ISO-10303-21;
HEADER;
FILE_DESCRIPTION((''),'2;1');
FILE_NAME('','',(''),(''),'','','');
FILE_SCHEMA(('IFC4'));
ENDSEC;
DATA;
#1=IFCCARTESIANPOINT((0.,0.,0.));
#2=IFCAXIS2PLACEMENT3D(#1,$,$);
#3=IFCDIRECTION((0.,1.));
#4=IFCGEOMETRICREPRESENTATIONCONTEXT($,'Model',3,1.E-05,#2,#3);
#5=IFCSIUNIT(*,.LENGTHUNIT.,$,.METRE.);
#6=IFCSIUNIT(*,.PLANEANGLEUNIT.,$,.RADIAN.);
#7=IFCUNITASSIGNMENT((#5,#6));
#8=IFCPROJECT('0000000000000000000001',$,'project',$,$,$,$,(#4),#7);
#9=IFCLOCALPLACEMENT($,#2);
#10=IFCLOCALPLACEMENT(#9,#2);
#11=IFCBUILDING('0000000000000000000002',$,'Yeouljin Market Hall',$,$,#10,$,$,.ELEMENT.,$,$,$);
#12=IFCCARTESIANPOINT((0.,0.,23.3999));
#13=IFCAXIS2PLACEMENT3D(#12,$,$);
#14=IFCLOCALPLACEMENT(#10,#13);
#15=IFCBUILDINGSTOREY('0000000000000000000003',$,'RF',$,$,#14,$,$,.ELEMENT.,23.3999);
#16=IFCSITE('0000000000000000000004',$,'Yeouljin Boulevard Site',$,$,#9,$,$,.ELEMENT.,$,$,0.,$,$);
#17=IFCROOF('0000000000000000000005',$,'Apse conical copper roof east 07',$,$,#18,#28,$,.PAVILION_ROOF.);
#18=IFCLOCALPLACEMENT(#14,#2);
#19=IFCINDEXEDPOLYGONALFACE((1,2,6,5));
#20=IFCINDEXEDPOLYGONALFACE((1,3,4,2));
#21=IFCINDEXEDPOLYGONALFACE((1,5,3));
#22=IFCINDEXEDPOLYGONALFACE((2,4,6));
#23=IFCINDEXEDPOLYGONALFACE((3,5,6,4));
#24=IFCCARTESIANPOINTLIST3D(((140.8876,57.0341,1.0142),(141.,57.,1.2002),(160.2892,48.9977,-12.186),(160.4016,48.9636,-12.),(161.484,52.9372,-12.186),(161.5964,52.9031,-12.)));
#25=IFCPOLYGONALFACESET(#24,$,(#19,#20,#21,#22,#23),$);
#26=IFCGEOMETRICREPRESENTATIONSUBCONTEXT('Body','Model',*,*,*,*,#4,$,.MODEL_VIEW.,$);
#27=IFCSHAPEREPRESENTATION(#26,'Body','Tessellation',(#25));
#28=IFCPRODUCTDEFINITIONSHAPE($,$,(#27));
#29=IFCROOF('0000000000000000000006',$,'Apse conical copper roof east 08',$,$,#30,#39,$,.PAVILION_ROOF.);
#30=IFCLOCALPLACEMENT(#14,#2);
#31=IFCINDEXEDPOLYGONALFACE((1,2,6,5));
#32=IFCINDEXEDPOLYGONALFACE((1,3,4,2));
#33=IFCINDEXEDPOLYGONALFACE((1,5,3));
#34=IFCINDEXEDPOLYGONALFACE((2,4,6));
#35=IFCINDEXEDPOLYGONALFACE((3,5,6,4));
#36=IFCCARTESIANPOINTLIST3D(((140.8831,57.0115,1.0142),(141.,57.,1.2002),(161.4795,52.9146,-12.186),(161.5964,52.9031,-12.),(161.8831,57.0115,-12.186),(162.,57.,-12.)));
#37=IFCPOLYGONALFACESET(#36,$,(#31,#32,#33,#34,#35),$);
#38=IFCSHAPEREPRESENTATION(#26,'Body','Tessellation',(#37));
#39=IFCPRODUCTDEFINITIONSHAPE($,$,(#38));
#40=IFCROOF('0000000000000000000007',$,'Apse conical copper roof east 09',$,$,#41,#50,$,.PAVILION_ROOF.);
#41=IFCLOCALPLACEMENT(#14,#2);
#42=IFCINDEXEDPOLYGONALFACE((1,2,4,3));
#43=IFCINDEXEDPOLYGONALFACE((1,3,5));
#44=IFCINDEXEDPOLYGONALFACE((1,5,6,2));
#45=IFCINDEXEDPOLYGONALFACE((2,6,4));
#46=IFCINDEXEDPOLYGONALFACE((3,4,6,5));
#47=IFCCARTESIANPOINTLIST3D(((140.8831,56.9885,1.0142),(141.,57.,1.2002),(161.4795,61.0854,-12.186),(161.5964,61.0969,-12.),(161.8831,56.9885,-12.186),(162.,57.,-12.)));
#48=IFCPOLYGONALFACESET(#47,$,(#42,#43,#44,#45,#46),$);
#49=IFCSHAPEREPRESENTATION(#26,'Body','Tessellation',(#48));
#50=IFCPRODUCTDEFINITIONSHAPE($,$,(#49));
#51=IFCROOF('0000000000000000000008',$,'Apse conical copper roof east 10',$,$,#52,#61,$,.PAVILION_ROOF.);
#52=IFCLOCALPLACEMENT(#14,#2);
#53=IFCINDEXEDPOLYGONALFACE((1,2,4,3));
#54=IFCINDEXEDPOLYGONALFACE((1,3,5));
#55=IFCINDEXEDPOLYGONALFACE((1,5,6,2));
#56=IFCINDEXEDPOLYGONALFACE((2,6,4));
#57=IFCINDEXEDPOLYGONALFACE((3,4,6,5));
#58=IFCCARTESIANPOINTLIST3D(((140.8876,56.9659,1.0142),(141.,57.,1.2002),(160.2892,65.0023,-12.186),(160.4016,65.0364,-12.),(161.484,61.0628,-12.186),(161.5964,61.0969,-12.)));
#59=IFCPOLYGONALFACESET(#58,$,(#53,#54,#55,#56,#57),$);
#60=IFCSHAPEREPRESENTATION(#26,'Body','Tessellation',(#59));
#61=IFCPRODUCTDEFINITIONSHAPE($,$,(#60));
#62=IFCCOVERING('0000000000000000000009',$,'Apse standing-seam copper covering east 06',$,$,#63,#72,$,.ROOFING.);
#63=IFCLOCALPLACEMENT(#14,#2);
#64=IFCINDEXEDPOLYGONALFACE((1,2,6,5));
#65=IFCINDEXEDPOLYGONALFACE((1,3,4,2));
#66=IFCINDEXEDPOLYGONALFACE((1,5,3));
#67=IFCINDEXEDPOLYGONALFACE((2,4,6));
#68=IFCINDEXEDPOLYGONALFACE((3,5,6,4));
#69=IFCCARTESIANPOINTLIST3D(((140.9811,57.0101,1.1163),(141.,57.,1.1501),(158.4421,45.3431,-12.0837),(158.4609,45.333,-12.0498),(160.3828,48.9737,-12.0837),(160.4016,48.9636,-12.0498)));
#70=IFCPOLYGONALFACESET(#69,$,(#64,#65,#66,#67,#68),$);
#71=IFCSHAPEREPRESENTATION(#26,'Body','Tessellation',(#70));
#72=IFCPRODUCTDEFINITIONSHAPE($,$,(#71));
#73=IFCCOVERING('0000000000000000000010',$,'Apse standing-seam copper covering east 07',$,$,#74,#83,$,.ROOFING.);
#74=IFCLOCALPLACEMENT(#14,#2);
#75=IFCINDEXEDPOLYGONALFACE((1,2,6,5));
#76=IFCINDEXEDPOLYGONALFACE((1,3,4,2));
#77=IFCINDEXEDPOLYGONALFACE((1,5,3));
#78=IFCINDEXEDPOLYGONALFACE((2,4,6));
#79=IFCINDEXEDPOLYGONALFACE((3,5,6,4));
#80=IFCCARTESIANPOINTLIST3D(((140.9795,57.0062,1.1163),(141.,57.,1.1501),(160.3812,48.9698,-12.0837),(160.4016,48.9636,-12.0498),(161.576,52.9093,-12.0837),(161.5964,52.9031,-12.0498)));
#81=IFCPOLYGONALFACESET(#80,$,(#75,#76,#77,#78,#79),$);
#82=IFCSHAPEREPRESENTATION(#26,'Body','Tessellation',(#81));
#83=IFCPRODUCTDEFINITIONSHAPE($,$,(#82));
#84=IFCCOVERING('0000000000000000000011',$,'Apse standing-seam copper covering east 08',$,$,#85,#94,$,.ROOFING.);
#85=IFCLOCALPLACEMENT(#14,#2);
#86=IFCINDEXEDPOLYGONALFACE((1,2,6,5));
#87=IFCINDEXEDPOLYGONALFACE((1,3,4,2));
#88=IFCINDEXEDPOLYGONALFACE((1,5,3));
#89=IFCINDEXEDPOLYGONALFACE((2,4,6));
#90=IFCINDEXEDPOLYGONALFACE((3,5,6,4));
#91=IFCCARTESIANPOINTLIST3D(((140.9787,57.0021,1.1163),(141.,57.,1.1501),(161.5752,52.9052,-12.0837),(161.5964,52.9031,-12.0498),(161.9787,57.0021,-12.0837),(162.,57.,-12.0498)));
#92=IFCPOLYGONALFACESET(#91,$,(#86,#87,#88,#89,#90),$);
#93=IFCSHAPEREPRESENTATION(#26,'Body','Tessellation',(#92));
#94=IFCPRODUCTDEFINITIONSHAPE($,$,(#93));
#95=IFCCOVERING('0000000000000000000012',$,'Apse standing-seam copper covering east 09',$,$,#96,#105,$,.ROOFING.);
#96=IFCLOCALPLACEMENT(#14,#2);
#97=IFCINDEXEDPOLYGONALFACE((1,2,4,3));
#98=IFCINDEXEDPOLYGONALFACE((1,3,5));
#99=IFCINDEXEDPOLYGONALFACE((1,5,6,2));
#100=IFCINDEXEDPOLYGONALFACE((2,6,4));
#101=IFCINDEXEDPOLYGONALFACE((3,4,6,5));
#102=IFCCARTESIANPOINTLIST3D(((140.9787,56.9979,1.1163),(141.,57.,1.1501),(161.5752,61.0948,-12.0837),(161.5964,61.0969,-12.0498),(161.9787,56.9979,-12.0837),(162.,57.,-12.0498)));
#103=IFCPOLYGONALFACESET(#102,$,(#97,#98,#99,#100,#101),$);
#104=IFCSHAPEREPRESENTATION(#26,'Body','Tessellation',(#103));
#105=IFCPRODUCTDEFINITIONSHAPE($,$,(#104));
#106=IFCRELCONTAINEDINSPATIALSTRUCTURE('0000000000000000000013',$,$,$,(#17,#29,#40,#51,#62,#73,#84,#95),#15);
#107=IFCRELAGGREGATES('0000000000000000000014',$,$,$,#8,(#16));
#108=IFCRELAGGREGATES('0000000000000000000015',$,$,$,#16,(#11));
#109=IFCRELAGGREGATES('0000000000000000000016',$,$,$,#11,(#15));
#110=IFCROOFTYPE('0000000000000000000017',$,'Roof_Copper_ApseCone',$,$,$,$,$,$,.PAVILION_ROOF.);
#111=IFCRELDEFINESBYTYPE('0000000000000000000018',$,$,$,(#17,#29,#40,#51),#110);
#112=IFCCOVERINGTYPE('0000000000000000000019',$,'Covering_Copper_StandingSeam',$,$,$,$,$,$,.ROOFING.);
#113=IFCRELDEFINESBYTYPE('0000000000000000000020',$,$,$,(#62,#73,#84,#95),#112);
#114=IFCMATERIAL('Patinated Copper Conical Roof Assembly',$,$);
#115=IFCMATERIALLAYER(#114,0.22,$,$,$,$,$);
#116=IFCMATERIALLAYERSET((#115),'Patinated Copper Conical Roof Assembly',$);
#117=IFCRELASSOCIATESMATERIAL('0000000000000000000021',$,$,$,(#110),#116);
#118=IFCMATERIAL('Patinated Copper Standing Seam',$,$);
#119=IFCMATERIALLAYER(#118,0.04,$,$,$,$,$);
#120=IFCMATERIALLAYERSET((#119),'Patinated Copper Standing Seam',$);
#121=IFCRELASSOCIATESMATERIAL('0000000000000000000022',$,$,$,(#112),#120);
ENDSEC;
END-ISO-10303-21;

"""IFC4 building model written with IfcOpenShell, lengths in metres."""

from ifc_helpers import new_model, si_unit, direction, frame, origin, place, context, subcontext, project, spatial, polyline, outline, extrude, material, layer, layer_set, type_object, element, save


model = new_model("IFC4")

# Units and contexts
model_context = context("Model", 3, precision=1e-05, world=origin(), true_north=direction((0.0, 1.0)))
body_context = subcontext(model_context, "Body", "Model", "MODEL_VIEW")
ifc_project = project(units=[si_unit("LENGTHUNIT", "METRE"), si_unit("PLANEANGLEUNIT", "RADIAN")], contexts=[model_context])

# Site, building, storey
site_placement = place(None, origin())
site = spatial("IfcSite", under=ifc_project, at=site_placement, Name="Yeouljin Boulevard Site", CompositionType="ELEMENT", RefElevation=0.0)
building_placement = place(site_placement, origin())
building = spatial("IfcBuilding", under=site, at=building_placement, Name="Yeouljin Market Hall", CompositionType="ELEMENT")
storey_placement = place(building_placement, frame((0.0, 0.0, 23.3999)))
storey = spatial("IfcBuildingStorey", under=building, at=storey_placement, Name="RF", CompositionType="ELEMENT", Elevation=23.3999)

# Roofs
ifc_material_1 = material(Name="Patinated Copper Conical Roof Assembly")
ifc_layer_1 = layer(ifc_material_1, 0.22)
ifc_layer_set_1 = layer_set([ifc_layer_1], Name="Patinated Copper Conical Roof Assembly")
roof_type = type_object("IfcRoofType", Name="Roof_Copper_ApseCone", PredefinedType="PAVILION_ROOF", material=ifc_layer_set_1)
roof_1_placement = place(storey_placement, frame((141.0, 57.0, 1.2002), z_axis=(0.511031, -0.154994, 0.845473), x_axis=(0.782189, -0.323992, -0.532175)))
element("IfcRoof", 1, at=roof_1_placement, inside=storey, type_object=roof_type, Name="Apse conical copper roof east 07", PredefinedType="PAVILION_ROOF", context=body_context, shape_type="SweptSolid", body=[
    extrude(outline(polyline([(0.0, 0.0), (24.8043, 0.0), (24.4625, 4.1024), (0.0, 0.0)])), origin(), (0.0, 0.0, -1.0), 0.22),
])
roof_2_placement = place(storey_placement, frame((141.0, 57.0, 1.2002), z_axis=(0.531447, -0.05235, 0.845472), x_axis=(0.830364, -0.165171, -0.532178)))
element("IfcRoof", 2, at=roof_2_placement, inside=storey, type_object=roof_type, Name="Apse conical copper roof east 08", PredefinedType="PAVILION_ROOF", context=body_context, shape_type="SweptSolid", body=[
    extrude(outline(polyline([(0.0, 0.0), (24.8041, 0.0), (24.4625, 4.1026), (0.0, 0.0)])), origin(), (0.0, 0.0, -1.0), 0.22),
])
roof_3_placement = place(storey_placement, frame((141.0, 57.0, 1.2002), z_axis=(0.531447, 0.05235, 0.845472), x_axis=(0.846633, 0.0, -0.532177)))
element("IfcRoof", 3, at=roof_3_placement, inside=storey, type_object=roof_type, Name="Apse conical copper roof east 09", PredefinedType="PAVILION_ROOF", context=body_context, shape_type="SweptSolid", body=[
    extrude(outline(polyline([(0.0, 0.0), (24.8041, 0.0), (24.4625, 4.1025), (0.0, 0.0)])), origin(), (0.0, 0.0, -1.0), 0.22),
])
roof_4_placement = place(storey_placement, frame((141.0, 57.0, 1.2002), z_axis=(0.511031, 0.154994, 0.845473), x_axis=(0.830364, 0.165171, -0.532178)))
element("IfcRoof", 4, at=roof_4_placement, inside=storey, type_object=roof_type, Name="Apse conical copper roof east 10", PredefinedType="PAVILION_ROOF", context=body_context, shape_type="SweptSolid", body=[
    extrude(outline(polyline([(0.0, 0.0), (24.8041, 0.0), (24.4626, 4.1025), (0.0, 0.0)])), origin(), (0.0, 0.0, -1.0), 0.22),
])

# Coverings
ifc_material_2 = material(Name="Patinated Copper Standing Seam")
ifc_layer_2 = layer(ifc_material_2, 0.04)
ifc_layer_set_2 = layer_set([ifc_layer_2], Name="Patinated Copper Standing Seam")
covering_type = type_object("IfcCoveringType", Name="Covering_Copper_StandingSeam", PredefinedType="ROOFING", material=ifc_layer_set_2)
covering_1_placement = place(storey_placement, frame((141.0, 57.0, 1.1501), z_axis=(0.470951, -0.251738, 0.845478), x_axis=(0.703955, -0.470366, -0.532169)))
element("IfcCovering", 5, at=covering_1_placement, inside=storey, type_object=covering_type, Name="Apse standing-seam copper covering east 06", PredefinedType="ROOFING", context=body_context, shape_type="SweptSolid", body=[
    extrude(outline(polyline([(0.0, 0.0), (24.8041, 0.0), (24.4625, 4.1025), (0.0, 0.0)])), origin(), (0.0, 0.0, -1.0), 0.04),
])
covering_2_placement = place(storey_placement, frame((141.0, 57.0, 1.1501), z_axis=(0.511024, -0.154992, 0.845477), x_axis=(0.782193, -0.323994, -0.532168)))
element("IfcCovering", 6, at=covering_2_placement, inside=storey, type_object=covering_type, Name="Apse standing-seam copper covering east 07", PredefinedType="ROOFING", context=body_context, shape_type="SweptSolid", body=[
    extrude(outline(polyline([(0.0, 0.0), (24.8041, 0.0), (24.4623, 4.1024), (0.0, 0.0)])), origin(), (0.0, 0.0, -1.0), 0.04),
])
covering_3_placement = place(storey_placement, frame((141.0, 57.0, 1.1501), z_axis=(0.53144, -0.052349, 0.845477), x_axis=(0.830369, -0.165172, -0.532171)))
element("IfcCovering", 7, at=covering_3_placement, inside=storey, type_object=covering_type, Name="Apse standing-seam copper covering east 08", PredefinedType="ROOFING", context=body_context, shape_type="SweptSolid", body=[
    extrude(outline(polyline([(0.0, 0.0), (24.804, 0.0), (24.4624, 4.1026), (0.0, 0.0)])), origin(), (0.0, 0.0, -1.0), 0.04),
])
covering_4_placement = place(storey_placement, frame((141.0, 57.0, 1.1501), z_axis=(0.53144, 0.052349, 0.845477), x_axis=(0.846637, 0.0, -0.53217)))
element("IfcCovering", 8, at=covering_4_placement, inside=storey, type_object=covering_type, Name="Apse standing-seam copper covering east 09", PredefinedType="ROOFING", context=body_context, shape_type="SweptSolid", body=[
    extrude(outline(polyline([(0.0, 0.0), (24.804, 0.0), (24.4623, 4.1025), (0.0, 0.0)])), origin(), (0.0, 0.0, -1.0), 0.04),
])

save(model, "model.ifc")
